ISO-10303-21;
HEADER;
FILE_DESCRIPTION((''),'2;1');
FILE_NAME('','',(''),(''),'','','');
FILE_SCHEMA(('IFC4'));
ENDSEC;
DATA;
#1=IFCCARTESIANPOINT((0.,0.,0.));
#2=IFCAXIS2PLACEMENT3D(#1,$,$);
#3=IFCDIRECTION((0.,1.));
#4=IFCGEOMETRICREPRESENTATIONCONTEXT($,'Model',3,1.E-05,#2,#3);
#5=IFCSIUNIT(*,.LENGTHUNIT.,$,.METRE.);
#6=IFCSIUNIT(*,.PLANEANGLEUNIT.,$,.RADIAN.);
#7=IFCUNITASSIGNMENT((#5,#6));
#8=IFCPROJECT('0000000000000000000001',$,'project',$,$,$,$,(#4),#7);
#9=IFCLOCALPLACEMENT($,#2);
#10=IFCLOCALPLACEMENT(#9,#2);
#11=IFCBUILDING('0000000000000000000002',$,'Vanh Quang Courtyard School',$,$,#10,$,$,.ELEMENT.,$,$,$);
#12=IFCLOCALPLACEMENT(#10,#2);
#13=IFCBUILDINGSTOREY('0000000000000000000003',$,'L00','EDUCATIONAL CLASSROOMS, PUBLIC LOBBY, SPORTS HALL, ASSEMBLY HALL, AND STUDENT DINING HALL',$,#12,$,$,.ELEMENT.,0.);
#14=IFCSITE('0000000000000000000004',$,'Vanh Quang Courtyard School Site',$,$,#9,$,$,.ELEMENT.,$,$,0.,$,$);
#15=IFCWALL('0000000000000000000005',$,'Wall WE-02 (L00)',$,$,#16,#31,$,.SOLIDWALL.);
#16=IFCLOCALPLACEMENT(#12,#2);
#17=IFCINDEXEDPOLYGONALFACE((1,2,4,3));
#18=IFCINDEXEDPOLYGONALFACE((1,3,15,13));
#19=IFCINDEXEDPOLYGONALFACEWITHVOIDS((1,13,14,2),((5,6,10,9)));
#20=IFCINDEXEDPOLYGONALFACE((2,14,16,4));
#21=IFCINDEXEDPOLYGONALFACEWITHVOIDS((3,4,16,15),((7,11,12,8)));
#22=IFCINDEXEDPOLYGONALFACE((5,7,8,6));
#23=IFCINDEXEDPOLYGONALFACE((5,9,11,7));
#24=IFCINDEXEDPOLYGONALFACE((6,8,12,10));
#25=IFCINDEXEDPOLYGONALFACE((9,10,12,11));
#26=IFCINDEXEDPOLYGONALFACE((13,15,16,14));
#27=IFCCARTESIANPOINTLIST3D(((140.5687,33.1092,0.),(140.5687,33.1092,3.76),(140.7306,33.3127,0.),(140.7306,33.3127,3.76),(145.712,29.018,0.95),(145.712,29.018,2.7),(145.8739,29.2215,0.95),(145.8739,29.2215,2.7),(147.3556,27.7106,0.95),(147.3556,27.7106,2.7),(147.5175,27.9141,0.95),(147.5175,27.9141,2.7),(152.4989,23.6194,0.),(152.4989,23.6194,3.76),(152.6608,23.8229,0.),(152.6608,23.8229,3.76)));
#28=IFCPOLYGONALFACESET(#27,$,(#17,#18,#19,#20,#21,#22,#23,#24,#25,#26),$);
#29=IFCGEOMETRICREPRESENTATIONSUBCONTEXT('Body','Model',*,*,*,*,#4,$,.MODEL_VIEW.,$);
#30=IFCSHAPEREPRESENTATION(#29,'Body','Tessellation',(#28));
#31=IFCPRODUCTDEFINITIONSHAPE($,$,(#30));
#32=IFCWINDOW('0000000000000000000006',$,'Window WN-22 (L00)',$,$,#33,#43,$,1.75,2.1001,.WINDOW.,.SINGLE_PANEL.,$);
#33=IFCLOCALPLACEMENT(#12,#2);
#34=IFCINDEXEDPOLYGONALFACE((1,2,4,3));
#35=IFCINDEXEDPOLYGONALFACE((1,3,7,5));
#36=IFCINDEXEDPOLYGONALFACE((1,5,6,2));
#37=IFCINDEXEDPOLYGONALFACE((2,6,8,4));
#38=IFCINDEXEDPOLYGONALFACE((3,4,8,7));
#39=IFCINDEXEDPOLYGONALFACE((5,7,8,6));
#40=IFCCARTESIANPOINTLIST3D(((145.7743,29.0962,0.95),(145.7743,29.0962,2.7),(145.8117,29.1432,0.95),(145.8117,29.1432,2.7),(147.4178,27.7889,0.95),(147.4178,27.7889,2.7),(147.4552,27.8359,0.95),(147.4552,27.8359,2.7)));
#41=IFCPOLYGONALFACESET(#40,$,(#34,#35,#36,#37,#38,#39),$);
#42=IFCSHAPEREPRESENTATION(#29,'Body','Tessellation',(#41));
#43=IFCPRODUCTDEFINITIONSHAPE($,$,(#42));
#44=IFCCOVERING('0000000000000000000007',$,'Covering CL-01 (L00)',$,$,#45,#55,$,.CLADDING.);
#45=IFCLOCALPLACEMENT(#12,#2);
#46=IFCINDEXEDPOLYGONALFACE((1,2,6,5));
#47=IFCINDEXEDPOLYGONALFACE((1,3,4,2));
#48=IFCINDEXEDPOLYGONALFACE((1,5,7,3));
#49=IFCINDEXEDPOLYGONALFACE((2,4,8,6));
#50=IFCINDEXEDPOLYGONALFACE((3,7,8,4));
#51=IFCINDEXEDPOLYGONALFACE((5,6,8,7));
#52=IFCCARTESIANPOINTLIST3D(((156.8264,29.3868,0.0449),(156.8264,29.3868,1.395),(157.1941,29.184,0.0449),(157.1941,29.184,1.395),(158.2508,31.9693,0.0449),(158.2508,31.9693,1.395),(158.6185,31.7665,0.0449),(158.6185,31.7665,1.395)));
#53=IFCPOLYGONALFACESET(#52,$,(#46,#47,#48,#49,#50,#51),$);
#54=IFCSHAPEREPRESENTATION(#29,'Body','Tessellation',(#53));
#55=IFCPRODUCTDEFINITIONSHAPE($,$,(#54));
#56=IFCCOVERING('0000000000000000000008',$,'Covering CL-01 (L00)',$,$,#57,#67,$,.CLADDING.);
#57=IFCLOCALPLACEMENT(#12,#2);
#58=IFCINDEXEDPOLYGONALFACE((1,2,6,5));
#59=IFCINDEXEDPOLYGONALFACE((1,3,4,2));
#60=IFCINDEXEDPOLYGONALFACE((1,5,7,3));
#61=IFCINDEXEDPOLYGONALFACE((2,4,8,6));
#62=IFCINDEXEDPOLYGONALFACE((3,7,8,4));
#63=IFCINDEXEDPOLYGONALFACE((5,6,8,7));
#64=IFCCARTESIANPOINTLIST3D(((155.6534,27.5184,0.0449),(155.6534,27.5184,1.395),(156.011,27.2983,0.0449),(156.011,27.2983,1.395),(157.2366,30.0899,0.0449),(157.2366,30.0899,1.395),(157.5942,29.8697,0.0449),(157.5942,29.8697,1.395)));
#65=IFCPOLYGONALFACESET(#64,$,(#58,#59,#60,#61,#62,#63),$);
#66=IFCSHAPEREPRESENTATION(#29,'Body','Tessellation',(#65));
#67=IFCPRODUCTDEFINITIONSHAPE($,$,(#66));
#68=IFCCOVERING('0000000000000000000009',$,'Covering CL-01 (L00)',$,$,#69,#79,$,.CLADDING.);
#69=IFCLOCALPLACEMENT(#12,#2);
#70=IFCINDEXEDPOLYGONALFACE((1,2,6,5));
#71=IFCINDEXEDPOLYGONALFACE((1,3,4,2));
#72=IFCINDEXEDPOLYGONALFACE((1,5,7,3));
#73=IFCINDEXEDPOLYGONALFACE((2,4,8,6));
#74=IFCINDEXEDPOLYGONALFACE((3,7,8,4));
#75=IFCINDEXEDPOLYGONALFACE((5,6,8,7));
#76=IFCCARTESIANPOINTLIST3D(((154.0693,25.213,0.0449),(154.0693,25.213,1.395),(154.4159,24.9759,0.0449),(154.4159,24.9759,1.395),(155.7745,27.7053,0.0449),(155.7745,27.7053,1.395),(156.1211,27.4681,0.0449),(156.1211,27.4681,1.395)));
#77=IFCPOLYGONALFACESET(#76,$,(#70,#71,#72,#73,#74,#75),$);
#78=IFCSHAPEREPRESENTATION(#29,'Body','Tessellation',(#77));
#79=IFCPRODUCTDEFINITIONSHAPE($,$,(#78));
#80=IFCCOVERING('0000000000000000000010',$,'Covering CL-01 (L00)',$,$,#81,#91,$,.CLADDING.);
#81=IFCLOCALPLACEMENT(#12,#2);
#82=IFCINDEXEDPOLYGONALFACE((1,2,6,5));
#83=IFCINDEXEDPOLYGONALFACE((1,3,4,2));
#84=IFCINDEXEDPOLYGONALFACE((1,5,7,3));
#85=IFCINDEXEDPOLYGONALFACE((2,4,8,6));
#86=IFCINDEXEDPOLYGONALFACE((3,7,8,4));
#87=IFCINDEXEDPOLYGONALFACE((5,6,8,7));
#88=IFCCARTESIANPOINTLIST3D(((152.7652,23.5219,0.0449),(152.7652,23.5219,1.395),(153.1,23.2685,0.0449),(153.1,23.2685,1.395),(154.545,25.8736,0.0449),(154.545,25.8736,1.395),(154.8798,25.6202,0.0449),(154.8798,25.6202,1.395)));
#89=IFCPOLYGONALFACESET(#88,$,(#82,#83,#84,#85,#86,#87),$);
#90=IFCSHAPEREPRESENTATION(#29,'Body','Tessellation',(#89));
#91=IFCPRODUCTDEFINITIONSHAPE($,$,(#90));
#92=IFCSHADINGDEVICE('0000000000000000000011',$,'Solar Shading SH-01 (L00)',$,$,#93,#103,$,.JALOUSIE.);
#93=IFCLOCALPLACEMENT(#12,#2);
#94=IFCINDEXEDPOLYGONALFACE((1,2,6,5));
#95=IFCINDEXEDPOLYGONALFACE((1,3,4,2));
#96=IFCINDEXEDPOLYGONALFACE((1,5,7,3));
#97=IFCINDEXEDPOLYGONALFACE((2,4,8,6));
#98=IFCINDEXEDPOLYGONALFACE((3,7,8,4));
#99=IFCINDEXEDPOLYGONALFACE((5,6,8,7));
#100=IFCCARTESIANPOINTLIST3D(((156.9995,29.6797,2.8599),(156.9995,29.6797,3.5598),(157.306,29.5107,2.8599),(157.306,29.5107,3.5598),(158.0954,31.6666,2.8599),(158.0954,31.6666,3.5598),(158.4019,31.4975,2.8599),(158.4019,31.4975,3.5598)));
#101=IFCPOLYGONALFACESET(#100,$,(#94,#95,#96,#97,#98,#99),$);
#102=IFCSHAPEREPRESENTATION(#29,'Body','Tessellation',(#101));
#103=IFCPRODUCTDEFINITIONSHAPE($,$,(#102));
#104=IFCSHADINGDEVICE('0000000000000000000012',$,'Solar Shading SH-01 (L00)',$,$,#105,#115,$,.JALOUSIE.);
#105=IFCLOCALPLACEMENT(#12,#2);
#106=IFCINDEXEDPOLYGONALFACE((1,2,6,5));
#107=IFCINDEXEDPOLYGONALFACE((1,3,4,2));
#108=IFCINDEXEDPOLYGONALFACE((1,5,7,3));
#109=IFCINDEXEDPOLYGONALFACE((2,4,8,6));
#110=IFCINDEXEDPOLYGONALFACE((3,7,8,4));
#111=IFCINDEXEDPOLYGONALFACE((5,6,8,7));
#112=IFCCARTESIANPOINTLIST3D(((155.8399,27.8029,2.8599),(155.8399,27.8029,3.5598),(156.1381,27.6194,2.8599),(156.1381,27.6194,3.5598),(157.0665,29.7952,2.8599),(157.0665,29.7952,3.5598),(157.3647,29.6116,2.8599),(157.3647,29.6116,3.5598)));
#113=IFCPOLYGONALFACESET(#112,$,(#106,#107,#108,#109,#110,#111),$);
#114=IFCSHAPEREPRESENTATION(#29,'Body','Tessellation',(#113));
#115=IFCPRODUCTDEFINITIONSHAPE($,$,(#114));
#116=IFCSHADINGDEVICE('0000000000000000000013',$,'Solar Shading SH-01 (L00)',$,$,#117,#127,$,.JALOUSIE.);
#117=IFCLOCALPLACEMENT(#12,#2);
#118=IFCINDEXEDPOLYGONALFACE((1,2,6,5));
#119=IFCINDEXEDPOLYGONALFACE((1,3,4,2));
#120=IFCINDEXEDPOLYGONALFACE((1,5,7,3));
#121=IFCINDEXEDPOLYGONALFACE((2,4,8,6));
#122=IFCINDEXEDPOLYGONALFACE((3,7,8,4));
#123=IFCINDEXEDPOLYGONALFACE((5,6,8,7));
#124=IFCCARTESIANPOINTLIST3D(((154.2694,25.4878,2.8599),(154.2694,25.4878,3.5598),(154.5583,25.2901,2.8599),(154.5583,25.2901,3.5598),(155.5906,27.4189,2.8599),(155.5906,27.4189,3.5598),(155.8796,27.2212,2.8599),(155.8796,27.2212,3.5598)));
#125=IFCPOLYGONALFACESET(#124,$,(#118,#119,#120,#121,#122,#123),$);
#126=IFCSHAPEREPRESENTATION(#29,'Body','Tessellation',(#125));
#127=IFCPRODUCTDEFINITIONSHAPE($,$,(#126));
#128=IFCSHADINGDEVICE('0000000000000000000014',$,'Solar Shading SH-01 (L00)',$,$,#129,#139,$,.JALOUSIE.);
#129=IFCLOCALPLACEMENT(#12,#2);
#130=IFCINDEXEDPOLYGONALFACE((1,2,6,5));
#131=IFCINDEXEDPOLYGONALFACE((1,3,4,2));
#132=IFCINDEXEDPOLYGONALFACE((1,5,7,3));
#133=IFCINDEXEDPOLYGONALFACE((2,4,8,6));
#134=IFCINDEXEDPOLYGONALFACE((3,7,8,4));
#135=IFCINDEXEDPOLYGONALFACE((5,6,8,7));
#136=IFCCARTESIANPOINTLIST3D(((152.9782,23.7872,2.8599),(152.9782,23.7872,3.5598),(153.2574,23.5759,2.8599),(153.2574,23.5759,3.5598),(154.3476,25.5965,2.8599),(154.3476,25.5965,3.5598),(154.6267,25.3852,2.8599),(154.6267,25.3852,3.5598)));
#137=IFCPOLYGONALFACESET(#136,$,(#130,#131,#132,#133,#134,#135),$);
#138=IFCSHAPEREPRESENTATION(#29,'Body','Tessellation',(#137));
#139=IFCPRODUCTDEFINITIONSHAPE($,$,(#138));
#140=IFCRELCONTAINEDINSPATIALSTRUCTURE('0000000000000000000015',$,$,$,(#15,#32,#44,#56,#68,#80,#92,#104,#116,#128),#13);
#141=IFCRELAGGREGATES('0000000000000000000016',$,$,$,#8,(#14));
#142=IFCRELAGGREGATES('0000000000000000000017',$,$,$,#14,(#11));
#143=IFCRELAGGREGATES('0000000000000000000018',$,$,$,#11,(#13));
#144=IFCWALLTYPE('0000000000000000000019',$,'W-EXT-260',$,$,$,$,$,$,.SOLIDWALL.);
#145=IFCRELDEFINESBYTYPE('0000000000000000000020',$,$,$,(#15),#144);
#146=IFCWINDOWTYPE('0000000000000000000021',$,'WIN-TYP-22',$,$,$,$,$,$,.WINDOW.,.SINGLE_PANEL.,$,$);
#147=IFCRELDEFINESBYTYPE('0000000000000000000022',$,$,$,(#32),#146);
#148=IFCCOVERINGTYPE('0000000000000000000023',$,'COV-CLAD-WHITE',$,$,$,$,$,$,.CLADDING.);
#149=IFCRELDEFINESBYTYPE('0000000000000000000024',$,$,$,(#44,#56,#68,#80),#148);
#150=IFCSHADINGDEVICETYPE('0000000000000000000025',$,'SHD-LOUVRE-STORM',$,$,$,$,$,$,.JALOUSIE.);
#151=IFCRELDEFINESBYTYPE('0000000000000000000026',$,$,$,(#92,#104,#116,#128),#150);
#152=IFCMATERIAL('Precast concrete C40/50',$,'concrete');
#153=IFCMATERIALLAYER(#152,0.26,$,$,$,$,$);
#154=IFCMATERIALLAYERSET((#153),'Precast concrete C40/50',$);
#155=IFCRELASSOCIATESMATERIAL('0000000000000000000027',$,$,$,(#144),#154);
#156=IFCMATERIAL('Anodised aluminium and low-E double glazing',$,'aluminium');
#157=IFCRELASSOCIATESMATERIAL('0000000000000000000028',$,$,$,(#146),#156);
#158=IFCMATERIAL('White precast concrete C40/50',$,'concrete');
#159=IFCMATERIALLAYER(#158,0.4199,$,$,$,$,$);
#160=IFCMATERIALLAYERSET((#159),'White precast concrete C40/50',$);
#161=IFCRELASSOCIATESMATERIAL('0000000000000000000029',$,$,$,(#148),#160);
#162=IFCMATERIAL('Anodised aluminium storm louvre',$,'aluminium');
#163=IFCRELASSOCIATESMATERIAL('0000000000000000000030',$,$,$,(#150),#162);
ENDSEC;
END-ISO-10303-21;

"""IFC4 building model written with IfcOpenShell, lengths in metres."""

from ifc_helpers import new_model, si_unit, direction, frame, frame_2d, origin, origin_2d, place, context, subcontext, project, spatial, rectangle, extrude, material, layer, layer_set, type_object, element, fill, save


model = new_model("IFC4")

# Units and contexts
model_context = context("Model", 3, precision=1e-05, world=origin(), true_north=direction((0.0, 1.0)))
body_context = subcontext(model_context, "Body", "Model", "MODEL_VIEW")
ifc_project = project(units=[si_unit("LENGTHUNIT", "METRE"), si_unit("PLANEANGLEUNIT", "RADIAN")], contexts=[model_context])

# Site, building, storey
site_placement = place(None, origin())
site = spatial("IfcSite", under=ifc_project, at=site_placement, Name="Vanh Quang Courtyard School Site", CompositionType="ELEMENT", RefElevation=0.0)
building_placement = place(site_placement, origin())
building = spatial("IfcBuilding", under=site, at=building_placement, Name="Vanh Quang Courtyard School", CompositionType="ELEMENT")
storey_placement = place(building_placement, origin())
storey = spatial("IfcBuildingStorey", under=building, at=storey_placement, Name="L00", Description="EDUCATIONAL CLASSROOMS, PUBLIC LOBBY, SPORTS HALL, ASSEMBLY HALL, AND STUDENT DINING HALL", CompositionType="ELEMENT", Elevation=0.0)

# Shared definitions
ifc_material_1 = material(Name="Precast concrete C40/50", Category="concrete")
ifc_layer_1 = layer(ifc_material_1, 0.26)
ifc_layer_set_1 = layer_set([ifc_layer_1], Name="Precast concrete C40/50")
wall_type = type_object("IfcWallType", Name="W-EXT-260", PredefinedType="SOLIDWALL", material=ifc_layer_set_1)

# Shared definitions
ifc_material_2 = material(Name="Anodised aluminium and low-E double glazing", Category="aluminium")

# Wall, opening, window
wall_1_placement = place(storey_placement, frame((152.5798, 23.7212, 0.0), z_axis=(0.0, 0.0, 1.0), x_axis=(-0.782606, 0.622517, 0.0)))
wall_1 = element("IfcWall", 1, at=wall_1_placement, inside=storey, type_object=wall_type, Name="Wall WE-02 (L00)", PredefinedType="SOLIDWALL", context=body_context, shape_type="SweptSolid", body=[
    extrude(rectangle(XDim=15.2441, YDim=0.26, at=frame_2d((7.6221, 0.0))), origin(), (0.0, 0.0, 1.0), 3.76),
])
opening_1_placement = place(wall_1_placement, frame((6.572, 0.0, 0.95)))
opening_1 = element("IfcOpeningElement", 2, at=opening_1_placement, cuts=wall_1, PredefinedType="OPENING", context=body_context, shape_type="SweptSolid", body=[
    extrude(rectangle(XDim=2.1001, YDim=1.75, at=frame_2d((1.05, 0.875))), frame((0.0, 0.1401, 0.0), z_axis=(0.0, -1.0, 0.0), x_axis=(1.0, 0.0, 0.0)), (0.0, 0.0, 1.0), 0.28),
])
window_type_1 = type_object("IfcWindowType", Name="WIN-TYP-22", PartitioningType="SINGLE_PANEL", PredefinedType="WINDOW", material=ifc_material_2)
window_1_placement = place(opening_1_placement, origin())
window_1 = element("IfcWindow", 3, at=window_1_placement, inside=storey, type_object=window_type_1, Name="Window WN-22 (L00)", OverallHeight=1.75, OverallWidth=2.1001, PartitioningType="SINGLE_PANEL", PredefinedType="WINDOW", context=body_context, shape_type="SweptSolid", body=[
    extrude(rectangle(XDim=2.1001, YDim=1.75, at=frame_2d((1.05, 0.875))), frame((0.0, 0.03, 0.0), z_axis=(0.0, -1.0, 0.0), x_axis=(1.0, 0.0, 0.0)), (0.0, 0.0, 1.0), 0.0601),
])
fill(opening_1, window_1)

# Coverings
ifc_material_3 = material(Name="White precast concrete C40/50", Category="concrete")
ifc_layer_2 = layer(ifc_material_3, 0.4199)
ifc_layer_set_2 = layer_set([ifc_layer_2], Name="White precast concrete C40/50")
covering_type = type_object("IfcCoveringType", Name="COV-CLAD-WHITE", PredefinedType="CLADDING", material=ifc_layer_set_2)
covering_1_placement = place(storey_placement, frame((157.7224, 30.5767, 0.0449), z_axis=(0.0, 0.0, 1.0), x_axis=(-0.482977, -0.875633, 0.0)))
element("IfcCovering", 4, at=covering_1_placement, inside=storey, type_object=covering_type, Name="Covering CL-01 (L00)", PredefinedType="CLADDING", context=body_context, shape_type="SweptSolid", body=[
    extrude(rectangle(XDim=2.9492, YDim=0.4199, at=origin_2d()), origin(), (0.0, 0.0, 1.0), 1.3501),
])
for number, where, z_axis, x_axis, name in (
    (5, (156.6238, 28.6941, 0.0449), (0.0, 0.0, 1.0), (-0.524283, -0.851544, 0.0), "Covering CL-01 (L00)"),
    (6, (155.0952, 26.3406, 0.0449), (0.0, 0.0, 1.0), (-0.564679, -0.825311, 0.0), "Covering CL-01 (L00)"),
):
    element("IfcCovering", number, at=place(storey_placement, frame(where, z_axis=z_axis, x_axis=x_axis)), inside=storey, type_object=covering_type, Name=name, PredefinedType="CLADDING", context=body_context, shape_type="SweptSolid", body=[
        extrude(rectangle(XDim=3.0198, YDim=0.4199, at=origin_2d()), origin(), (0.0, 0.0, 1.0), 1.3501),
    ])
covering_2_placement = place(storey_placement, frame((153.8225, 24.571, 0.0449), z_axis=(0.0, 0.0, 1.0), x_axis=(-0.603486, -0.797373, 0.0)))
element("IfcCovering", 7, at=covering_2_placement, inside=storey, type_object=covering_type, Name="Covering CL-01 (L00)", PredefinedType="CLADDING", context=body_context, shape_type="SweptSolid", body=[
    extrude(rectangle(XDim=2.9492, YDim=0.4199, at=origin_2d()), origin(), (0.0, 0.0, 1.0), 1.3501),
])

# Shading devices
ifc_material_4 = material(Name="Anodised aluminium storm louvre", Category="aluminium")
shading_device_type = type_object("IfcShadingDeviceType", Name="SHD-LOUVRE-STORM", PredefinedType="JALOUSIE", material=ifc_material_4)
shading_device_1_placement = place(storey_placement, frame((157.7007, 30.5886, 2.8599), z_axis=(0.0, 0.0, 1.0), x_axis=(-0.482977, -0.875633, 0.0)))
element("IfcShadingDevice", 8, at=shading_device_1_placement, inside=storey, type_object=shading_device_type, Name="Solar Shading SH-01 (L00)", PredefinedType="JALOUSIE", context=body_context, shape_type="SweptSolid", body=[
    extrude(rectangle(XDim=2.269, YDim=0.3501, at=origin_2d()), origin(), (0.0, 0.0, 1.0), 0.7),
])
shading_device_2_placement = place(storey_placement, frame((156.6023, 28.7073, 2.8599), z_axis=(0.0, 0.0, 1.0), x_axis=(-0.524283, -0.851544, 0.0)))
element("IfcShadingDevice", 9, at=shading_device_2_placement, inside=storey, type_object=shading_device_type, Name="Solar Shading SH-01 (L00)", PredefinedType="JALOUSIE", context=body_context, shape_type="SweptSolid", body=[
    extrude(rectangle(XDim=2.3396, YDim=0.3501, at=origin_2d()), origin(), (0.0, 0.0, 1.0), 0.7),
])
shading_device_3_placement = place(storey_placement, frame((155.0745, 26.3545, 2.8599), z_axis=(0.0, 0.0, 1.0), x_axis=(-0.564679, -0.825311, 0.0)))
element("IfcShadingDevice", 10, at=shading_device_3_placement, inside=storey, type_object=shading_device_type, Name="Solar Shading SH-01 (L00)", PredefinedType="JALOUSIE", context=body_context, shape_type="SweptSolid", body=[
    extrude(rectangle(XDim=2.3398, YDim=0.3501, at=origin_2d()), origin(), (0.0, 0.0, 1.0), 0.7),
])
shading_device_4_placement = place(storey_placement, frame((153.8025, 24.5862, 2.8599), z_axis=(0.0, 0.0, 1.0), x_axis=(-0.603486, -0.797373, 0.0)))
element("IfcShadingDevice", 11, at=shading_device_4_placement, inside=storey, type_object=shading_device_type, Name="Solar Shading SH-01 (L00)", PredefinedType="JALOUSIE", context=body_context, shape_type="SweptSolid", body=[
    extrude(rectangle(XDim=2.269, YDim=0.3501, at=origin_2d()), origin(), (0.0, 0.0, 1.0), 0.7),
])

save(model, "model.ifc")
